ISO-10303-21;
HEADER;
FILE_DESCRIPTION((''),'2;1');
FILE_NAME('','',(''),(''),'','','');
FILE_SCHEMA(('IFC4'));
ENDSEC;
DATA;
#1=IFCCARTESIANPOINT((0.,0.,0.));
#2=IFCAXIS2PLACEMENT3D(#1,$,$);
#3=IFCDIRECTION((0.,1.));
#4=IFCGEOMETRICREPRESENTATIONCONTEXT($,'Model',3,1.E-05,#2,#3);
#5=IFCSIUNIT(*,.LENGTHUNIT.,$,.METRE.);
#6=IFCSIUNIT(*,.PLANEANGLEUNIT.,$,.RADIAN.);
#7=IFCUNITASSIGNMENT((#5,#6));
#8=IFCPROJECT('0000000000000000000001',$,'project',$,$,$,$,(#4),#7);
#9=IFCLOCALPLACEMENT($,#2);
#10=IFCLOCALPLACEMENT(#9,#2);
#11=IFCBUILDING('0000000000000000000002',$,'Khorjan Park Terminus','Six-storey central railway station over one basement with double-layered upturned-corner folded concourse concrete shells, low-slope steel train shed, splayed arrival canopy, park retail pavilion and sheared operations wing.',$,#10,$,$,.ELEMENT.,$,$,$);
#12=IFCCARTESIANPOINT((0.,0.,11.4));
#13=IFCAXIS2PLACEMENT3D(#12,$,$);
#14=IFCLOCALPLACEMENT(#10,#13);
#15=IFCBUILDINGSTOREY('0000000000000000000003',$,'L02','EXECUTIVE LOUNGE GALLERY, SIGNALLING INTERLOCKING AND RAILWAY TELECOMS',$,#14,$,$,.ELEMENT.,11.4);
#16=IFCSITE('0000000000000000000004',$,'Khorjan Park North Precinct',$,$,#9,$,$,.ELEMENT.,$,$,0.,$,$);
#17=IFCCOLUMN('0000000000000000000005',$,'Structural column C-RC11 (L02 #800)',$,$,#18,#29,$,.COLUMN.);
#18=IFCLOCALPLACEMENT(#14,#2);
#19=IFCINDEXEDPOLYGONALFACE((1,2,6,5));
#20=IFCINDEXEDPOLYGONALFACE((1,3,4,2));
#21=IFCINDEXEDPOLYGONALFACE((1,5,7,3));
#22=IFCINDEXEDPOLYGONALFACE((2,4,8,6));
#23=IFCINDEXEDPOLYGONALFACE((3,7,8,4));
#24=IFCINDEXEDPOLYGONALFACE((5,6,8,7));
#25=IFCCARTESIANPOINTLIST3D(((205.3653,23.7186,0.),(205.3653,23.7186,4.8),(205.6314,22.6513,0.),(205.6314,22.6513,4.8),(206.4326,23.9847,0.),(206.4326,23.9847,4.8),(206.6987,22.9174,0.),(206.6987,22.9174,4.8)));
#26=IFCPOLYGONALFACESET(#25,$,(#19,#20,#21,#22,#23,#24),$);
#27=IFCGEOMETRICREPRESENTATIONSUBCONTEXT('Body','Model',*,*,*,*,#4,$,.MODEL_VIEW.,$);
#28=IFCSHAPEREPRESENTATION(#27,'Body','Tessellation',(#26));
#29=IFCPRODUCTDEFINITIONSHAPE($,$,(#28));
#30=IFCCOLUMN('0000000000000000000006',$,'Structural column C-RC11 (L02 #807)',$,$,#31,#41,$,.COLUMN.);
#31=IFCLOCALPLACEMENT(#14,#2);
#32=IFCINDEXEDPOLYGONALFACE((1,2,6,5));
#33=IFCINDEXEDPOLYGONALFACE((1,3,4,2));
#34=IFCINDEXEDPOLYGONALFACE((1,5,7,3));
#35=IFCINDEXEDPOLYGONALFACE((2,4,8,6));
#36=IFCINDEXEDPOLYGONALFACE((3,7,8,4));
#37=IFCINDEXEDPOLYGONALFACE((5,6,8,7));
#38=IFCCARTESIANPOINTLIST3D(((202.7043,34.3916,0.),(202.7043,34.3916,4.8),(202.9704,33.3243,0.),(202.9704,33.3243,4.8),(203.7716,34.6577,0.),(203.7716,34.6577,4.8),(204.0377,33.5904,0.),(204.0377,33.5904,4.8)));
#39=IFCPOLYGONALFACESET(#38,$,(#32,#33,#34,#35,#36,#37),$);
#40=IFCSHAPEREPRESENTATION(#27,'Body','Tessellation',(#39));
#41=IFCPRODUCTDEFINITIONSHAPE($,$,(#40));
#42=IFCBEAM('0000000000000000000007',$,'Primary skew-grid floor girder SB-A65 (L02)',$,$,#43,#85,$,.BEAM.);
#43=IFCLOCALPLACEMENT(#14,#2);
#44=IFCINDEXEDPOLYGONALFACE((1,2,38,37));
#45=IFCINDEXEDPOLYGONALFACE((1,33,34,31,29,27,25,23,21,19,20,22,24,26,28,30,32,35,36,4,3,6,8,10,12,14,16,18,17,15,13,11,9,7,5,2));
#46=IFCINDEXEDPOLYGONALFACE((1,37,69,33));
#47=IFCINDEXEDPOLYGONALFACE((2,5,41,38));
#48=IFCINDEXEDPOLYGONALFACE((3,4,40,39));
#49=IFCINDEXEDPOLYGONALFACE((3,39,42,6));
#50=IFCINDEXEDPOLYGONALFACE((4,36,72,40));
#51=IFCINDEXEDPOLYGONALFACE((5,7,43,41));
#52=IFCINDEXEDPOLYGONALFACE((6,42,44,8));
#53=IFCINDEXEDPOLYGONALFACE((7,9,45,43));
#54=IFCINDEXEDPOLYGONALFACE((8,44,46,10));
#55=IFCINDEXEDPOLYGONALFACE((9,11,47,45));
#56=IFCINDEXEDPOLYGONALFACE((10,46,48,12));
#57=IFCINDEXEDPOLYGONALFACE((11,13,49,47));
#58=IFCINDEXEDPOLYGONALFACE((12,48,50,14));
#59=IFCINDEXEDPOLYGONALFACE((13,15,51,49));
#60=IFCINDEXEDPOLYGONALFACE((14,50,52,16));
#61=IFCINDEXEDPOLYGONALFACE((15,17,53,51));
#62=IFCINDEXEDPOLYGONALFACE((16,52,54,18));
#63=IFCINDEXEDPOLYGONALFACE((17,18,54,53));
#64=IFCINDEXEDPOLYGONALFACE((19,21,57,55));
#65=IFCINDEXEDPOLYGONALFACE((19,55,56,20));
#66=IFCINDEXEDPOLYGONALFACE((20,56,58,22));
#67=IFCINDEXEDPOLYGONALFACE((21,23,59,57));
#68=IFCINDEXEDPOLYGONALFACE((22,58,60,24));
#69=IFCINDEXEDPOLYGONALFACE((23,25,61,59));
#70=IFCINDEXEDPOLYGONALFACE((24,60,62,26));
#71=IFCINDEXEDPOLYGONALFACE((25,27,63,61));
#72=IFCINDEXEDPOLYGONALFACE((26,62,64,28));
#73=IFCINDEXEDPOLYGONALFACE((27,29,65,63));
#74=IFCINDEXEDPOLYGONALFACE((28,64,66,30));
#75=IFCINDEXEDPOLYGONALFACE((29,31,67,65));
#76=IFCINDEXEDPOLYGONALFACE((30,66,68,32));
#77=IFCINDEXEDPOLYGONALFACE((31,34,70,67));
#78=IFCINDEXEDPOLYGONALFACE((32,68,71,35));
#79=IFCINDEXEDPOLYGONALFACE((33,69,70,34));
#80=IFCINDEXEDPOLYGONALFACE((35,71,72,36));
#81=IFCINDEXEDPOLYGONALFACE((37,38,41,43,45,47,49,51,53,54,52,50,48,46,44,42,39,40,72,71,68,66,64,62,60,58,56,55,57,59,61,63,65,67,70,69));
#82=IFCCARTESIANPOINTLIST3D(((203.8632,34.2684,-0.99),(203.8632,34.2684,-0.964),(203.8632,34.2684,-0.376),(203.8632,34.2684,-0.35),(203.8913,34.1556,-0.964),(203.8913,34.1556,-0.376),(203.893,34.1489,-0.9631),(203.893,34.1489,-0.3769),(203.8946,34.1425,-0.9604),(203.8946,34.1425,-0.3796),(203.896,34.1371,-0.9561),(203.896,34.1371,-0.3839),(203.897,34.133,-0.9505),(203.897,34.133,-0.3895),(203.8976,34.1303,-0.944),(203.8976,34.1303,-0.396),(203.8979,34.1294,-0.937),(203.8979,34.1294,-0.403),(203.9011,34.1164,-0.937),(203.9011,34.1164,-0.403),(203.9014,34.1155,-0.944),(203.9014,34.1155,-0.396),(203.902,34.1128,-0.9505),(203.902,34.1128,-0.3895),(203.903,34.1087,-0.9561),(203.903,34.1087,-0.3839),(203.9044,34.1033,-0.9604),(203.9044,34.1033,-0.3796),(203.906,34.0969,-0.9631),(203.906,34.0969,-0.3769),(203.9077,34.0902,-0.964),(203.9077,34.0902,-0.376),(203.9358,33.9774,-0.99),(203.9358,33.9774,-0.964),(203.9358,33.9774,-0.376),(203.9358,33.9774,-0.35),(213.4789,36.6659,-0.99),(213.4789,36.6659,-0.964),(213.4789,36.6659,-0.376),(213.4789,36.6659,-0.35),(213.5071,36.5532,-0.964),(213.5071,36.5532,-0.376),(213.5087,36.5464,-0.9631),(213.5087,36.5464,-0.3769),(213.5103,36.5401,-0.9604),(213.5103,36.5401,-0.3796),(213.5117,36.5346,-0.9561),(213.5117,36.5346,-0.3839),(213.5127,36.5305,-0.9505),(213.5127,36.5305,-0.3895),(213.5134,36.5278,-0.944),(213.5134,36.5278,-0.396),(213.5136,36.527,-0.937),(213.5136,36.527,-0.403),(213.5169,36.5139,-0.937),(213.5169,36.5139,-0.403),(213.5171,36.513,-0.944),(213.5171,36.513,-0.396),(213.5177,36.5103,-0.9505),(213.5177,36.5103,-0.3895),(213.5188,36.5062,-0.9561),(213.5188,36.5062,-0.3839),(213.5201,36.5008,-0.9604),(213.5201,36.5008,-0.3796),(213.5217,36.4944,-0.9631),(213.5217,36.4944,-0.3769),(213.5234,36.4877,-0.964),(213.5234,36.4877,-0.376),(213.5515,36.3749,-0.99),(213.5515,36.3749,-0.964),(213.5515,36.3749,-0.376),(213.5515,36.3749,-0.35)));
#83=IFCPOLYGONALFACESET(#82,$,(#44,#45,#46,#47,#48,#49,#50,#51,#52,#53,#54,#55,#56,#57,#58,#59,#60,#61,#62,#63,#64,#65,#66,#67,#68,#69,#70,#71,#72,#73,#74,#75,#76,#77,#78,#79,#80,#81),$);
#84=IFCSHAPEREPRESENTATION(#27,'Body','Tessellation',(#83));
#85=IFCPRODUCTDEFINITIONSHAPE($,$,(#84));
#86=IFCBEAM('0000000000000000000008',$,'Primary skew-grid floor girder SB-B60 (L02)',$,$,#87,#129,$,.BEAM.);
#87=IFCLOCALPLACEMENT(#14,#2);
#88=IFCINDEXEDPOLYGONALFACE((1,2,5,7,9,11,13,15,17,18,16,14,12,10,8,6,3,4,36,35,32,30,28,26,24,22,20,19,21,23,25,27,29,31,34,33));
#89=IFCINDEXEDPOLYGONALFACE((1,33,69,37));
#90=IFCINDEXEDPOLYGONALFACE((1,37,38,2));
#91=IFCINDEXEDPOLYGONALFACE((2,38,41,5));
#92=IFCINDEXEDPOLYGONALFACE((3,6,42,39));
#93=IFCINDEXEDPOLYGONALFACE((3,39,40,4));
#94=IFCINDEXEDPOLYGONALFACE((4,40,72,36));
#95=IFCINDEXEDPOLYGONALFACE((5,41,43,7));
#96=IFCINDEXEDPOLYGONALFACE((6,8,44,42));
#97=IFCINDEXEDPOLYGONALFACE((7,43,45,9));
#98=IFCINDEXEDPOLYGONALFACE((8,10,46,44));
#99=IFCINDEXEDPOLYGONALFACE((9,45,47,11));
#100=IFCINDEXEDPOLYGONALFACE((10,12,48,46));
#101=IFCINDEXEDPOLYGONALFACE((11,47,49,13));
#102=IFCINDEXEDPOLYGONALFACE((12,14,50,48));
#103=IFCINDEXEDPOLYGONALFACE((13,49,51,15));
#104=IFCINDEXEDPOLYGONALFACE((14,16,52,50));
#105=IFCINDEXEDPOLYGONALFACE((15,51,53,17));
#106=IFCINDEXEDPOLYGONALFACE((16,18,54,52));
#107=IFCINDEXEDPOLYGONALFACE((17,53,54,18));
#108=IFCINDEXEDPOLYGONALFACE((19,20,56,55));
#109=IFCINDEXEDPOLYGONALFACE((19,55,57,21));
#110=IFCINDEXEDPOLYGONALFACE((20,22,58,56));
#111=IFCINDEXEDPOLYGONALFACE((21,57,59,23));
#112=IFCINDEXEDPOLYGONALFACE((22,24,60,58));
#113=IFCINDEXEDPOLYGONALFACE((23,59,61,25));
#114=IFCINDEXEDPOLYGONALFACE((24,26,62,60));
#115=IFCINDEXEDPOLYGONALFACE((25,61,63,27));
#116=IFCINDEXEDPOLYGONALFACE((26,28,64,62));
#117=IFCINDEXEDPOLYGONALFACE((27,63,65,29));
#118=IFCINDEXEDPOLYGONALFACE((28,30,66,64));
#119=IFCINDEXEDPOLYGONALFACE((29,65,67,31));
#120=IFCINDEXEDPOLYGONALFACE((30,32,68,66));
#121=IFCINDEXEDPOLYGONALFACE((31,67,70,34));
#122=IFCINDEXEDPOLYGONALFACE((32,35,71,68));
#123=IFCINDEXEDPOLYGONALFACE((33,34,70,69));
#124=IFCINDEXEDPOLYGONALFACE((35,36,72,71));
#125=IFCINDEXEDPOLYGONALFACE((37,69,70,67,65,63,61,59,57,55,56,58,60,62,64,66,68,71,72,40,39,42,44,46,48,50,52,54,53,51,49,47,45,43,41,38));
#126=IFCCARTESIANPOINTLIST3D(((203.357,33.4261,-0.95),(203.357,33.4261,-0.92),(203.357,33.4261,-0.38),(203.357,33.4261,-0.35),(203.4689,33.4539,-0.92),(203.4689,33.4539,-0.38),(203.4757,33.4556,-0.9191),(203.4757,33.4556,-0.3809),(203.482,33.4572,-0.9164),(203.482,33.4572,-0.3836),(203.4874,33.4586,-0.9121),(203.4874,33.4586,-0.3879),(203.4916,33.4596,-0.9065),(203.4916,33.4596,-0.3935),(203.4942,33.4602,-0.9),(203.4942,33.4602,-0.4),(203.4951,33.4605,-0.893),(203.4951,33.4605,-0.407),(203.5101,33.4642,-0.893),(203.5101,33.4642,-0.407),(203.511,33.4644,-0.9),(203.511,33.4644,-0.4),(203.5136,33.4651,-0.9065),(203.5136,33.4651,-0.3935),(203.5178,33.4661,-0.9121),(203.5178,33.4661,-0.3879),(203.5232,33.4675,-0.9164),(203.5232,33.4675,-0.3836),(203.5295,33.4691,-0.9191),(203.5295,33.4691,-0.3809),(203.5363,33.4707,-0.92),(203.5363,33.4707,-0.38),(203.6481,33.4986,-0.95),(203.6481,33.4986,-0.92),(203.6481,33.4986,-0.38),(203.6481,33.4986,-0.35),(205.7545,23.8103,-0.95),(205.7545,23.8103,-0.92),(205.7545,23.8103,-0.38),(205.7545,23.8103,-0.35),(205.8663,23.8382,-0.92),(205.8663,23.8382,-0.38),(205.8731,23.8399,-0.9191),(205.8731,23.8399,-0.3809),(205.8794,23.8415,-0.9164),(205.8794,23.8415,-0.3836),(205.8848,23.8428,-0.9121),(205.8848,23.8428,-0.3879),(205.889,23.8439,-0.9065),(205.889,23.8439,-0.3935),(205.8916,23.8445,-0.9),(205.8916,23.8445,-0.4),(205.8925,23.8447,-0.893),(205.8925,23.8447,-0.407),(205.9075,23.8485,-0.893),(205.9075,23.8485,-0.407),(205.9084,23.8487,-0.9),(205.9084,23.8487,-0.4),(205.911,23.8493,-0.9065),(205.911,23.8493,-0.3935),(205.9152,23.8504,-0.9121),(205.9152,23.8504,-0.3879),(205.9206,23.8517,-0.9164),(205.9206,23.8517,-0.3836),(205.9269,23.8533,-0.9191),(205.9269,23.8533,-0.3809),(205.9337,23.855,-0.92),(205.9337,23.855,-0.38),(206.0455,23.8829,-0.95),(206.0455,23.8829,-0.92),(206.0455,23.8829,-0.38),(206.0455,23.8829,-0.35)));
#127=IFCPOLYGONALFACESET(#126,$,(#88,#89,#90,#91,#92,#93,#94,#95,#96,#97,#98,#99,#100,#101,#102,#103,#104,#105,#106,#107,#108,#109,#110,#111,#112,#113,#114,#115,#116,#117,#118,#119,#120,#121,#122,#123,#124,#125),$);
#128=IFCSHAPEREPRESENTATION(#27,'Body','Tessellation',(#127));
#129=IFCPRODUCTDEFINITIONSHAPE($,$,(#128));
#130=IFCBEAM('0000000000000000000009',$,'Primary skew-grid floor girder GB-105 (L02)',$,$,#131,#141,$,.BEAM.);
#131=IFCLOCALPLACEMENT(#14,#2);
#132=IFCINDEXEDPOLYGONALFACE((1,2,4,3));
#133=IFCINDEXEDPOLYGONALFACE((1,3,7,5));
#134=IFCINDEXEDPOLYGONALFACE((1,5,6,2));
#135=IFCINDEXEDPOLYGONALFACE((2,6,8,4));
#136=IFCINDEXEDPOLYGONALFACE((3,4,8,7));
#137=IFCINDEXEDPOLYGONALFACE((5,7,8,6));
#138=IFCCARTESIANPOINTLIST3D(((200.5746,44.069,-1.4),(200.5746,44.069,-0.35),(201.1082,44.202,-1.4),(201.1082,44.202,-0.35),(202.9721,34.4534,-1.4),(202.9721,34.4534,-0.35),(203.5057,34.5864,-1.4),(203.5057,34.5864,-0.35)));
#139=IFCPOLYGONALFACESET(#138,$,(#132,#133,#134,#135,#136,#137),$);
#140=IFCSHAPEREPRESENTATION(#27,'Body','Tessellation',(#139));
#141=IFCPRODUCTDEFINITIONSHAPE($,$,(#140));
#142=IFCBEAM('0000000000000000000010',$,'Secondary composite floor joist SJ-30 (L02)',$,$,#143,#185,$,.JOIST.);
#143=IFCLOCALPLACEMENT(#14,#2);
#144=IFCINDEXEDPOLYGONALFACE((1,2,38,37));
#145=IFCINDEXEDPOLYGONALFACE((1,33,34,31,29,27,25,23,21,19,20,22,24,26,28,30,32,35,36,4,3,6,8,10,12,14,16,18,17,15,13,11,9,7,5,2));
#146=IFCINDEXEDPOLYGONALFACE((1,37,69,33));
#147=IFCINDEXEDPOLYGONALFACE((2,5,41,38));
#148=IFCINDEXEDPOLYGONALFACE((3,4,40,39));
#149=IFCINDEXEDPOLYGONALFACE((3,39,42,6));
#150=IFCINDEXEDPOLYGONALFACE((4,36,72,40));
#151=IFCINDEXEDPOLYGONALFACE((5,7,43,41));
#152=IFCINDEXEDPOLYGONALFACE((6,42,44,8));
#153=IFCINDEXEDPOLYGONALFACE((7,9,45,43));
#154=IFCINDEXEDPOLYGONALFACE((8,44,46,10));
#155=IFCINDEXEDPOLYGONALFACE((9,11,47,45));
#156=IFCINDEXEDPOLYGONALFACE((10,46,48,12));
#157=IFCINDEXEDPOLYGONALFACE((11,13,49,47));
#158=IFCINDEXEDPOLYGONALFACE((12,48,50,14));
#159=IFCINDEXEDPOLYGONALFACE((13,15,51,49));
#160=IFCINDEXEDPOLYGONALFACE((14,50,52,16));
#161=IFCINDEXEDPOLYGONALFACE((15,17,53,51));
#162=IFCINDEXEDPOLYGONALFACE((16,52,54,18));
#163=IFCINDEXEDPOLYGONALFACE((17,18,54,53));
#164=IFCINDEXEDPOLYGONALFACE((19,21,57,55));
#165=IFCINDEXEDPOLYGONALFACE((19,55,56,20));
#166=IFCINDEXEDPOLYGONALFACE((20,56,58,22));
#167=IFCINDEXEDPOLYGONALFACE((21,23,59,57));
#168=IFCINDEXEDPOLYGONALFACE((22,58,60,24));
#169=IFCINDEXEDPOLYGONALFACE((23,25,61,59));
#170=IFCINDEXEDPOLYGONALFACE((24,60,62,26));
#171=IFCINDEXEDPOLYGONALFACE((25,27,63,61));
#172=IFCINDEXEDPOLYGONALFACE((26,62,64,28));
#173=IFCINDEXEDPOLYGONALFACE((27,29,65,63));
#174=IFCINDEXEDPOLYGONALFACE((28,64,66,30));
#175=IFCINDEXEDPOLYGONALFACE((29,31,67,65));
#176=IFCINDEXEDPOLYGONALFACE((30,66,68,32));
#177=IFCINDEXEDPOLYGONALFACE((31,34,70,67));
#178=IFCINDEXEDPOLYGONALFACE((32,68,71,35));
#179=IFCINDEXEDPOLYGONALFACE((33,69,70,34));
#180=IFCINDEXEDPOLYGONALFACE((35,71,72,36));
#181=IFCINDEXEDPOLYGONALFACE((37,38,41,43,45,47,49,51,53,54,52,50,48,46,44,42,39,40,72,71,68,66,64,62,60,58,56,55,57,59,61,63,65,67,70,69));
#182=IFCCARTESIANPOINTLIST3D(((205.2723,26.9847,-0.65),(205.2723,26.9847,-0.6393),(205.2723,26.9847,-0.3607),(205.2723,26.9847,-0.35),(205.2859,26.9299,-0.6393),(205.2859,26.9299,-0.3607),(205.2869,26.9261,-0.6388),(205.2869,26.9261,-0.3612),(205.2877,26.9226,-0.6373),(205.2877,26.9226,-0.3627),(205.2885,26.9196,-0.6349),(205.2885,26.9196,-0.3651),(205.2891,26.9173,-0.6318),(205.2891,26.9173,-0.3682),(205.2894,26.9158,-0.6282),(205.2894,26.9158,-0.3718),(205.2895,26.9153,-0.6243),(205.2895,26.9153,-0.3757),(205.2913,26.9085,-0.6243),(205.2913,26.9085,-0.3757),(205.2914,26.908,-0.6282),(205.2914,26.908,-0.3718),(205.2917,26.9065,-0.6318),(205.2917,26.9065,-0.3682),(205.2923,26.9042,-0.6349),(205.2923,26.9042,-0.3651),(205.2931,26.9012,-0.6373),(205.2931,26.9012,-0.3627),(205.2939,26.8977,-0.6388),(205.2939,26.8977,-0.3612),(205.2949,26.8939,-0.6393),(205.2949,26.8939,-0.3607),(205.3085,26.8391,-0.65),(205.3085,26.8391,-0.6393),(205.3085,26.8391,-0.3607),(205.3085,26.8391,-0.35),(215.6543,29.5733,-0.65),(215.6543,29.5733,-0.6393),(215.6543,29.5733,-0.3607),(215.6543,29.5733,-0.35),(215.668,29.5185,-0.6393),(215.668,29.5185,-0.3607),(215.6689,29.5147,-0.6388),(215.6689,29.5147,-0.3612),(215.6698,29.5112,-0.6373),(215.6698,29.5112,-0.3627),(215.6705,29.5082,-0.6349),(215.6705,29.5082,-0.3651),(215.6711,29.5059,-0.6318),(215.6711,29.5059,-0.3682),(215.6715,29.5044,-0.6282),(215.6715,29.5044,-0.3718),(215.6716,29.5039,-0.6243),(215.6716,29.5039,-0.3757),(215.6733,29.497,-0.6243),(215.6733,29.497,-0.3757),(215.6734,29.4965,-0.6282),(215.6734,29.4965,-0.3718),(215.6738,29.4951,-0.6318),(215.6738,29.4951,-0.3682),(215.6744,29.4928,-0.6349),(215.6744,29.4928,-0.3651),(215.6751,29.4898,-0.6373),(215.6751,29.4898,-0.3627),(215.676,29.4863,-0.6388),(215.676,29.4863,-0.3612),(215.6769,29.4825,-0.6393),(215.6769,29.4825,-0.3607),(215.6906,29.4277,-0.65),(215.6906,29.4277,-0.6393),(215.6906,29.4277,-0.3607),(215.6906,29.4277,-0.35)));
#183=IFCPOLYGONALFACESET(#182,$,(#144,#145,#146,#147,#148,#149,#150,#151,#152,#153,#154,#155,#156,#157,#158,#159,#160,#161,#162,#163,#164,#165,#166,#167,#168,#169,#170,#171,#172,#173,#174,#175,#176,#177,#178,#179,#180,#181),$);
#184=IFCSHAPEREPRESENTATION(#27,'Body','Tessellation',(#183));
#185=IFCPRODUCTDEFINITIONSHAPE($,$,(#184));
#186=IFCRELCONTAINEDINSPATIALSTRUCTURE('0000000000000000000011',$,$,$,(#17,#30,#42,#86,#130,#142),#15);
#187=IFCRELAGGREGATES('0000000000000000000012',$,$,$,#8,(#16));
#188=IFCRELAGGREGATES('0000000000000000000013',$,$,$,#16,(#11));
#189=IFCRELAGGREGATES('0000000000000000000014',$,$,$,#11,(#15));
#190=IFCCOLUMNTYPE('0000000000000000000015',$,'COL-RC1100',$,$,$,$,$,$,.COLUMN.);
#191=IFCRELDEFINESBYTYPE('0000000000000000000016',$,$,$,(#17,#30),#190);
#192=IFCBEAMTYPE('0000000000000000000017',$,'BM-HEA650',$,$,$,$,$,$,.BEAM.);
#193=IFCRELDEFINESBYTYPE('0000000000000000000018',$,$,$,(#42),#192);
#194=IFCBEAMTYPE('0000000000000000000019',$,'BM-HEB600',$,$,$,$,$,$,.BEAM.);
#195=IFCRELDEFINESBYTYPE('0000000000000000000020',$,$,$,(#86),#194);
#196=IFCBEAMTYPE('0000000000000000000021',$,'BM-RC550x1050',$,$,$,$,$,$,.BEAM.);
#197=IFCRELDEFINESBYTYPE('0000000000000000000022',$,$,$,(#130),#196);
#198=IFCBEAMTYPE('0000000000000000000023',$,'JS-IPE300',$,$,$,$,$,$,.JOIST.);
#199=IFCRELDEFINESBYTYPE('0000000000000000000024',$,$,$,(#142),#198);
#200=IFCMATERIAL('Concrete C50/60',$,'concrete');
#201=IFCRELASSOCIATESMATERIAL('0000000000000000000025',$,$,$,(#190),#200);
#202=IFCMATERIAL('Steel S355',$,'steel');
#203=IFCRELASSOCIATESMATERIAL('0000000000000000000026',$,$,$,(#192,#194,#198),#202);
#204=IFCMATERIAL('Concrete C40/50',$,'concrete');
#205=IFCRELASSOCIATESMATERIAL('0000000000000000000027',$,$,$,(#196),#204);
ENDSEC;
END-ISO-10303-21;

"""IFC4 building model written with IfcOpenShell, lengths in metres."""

from ifc_helpers import new_model, si_unit, direction, frame, origin, origin_2d, place, context, subcontext, project, spatial, rectangle, i_section, extrude, material, material_profile, profile_set, type_object, element, save


model = new_model("IFC4")

# Units and contexts
model_context = context("Model", 3, precision=1e-05, world=origin(), true_north=direction((0.0, 1.0)))
body_context = subcontext(model_context, "Body", "Model", "MODEL_VIEW")
ifc_project = project(units=[si_unit("LENGTHUNIT", "METRE"), si_unit("PLANEANGLEUNIT", "RADIAN")], contexts=[model_context])

# Site, building, storey
site_placement = place(None, origin())
site = spatial("IfcSite", under=ifc_project, at=site_placement, Name="Khorjan Park North Precinct", CompositionType="ELEMENT", RefElevation=0.0)
building_placement = place(site_placement, origin())
building = spatial("IfcBuilding", under=site, at=building_placement, Name="Khorjan Park Terminus", Description="Six-storey central railway station over one basement with double-layered upturned-corner folded concourse concrete shells, low-slope steel train shed, splayed arrival canopy, park retail pavilion and sheared operations wing.", CompositionType="ELEMENT")
storey_placement = place(building_placement, frame((0.0, 0.0, 11.4)))
storey = spatial("IfcBuildingStorey", under=building, at=storey_placement, Name="L02", Description="EXECUTIVE LOUNGE GALLERY, SIGNALLING INTERLOCKING AND RAILWAY TELECOMS", CompositionType="ELEMENT", Elevation=11.4)

# Columns
ifc_material_1 = material(Name="Concrete C50/60", Category="concrete")
ifc_material_profile_1 = material_profile(ifc_material_1, rectangle(XDim=1.1, YDim=1.1, at=origin_2d()), Name="RC 1100x1100")
ifc_profile_set_1 = profile_set([ifc_material_profile_1], Name="Concrete C50/60")
column_type = type_object("IfcColumnType", Name="COL-RC1100", PredefinedType="COLUMN", material=ifc_profile_set_1)
for number, where, z_axis, x_axis, name in (
    (1, (206.032, 23.318, 0.0), (0.0, 0.0, 1.0), (0.970296, 0.241922, 0.0), "Structural column C-RC11 (L02 #800)"),
    (2, (203.371, 33.991, 0.0), (0.0, 0.0, 1.0), (0.970296, 0.241922, 0.0), "Structural column C-RC11 (L02 #807)"),
):
    element("IfcColumn", number, at=place(storey_placement, frame(where, z_axis=z_axis, x_axis=x_axis)), inside=storey, type_object=column_type, Name=name, PredefinedType="COLUMN", context=body_context, shape_type="SweptSolid", body=[
        extrude(rectangle(XDim=1.1, YDim=1.1, at=origin_2d()), origin(), (0.0, 0.0, 1.0), 4.8),
    ])

# Beams
ifc_material_2 = material(Name="Steel S355", Category="steel")
ifc_material_profile_2 = material_profile(ifc_material_2, i_section(OverallWidth=0.3, OverallDepth=0.64, WebThickness=0.0135, FlangeThickness=0.026, FilletRadius=0.027, at=origin_2d()), Name="HEA 650")
ifc_profile_set_2 = profile_set([ifc_material_profile_2], Name="Steel S355")
beam_type_1 = type_object("IfcBeamType", Name="BM-HEA650", PredefinedType="BEAM", material=ifc_profile_set_2)
beam_1_placement = place(storey_placement, frame((203.8995, 34.1229, -0.67), z_axis=(0.970295, 0.241925, 0.0), x_axis=(-0.241925, 0.970295, 0.0)))
element("IfcBeam", 3, at=beam_1_placement, inside=storey, type_object=beam_type_1, Name="Primary skew-grid floor girder SB-A65 (L02)", PredefinedType="BEAM", context=body_context, shape_type="SweptSolid", body=[
    extrude(i_section(OverallWidth=0.3, OverallDepth=0.64, WebThickness=0.0135, FlangeThickness=0.026, FilletRadius=0.027, at=origin_2d()), origin(), (0.0, 0.0, 1.0), 9.9101),
])
ifc_material_profile_3 = material_profile(ifc_material_2, i_section(OverallWidth=0.3, OverallDepth=0.6, WebThickness=0.0155, FlangeThickness=0.03, FilletRadius=0.027, at=origin_2d()), Name="HEB 600")
ifc_profile_set_3 = profile_set([ifc_material_profile_3], Name="Steel S355")
beam_type_2 = type_object("IfcBeamType", Name="BM-HEB600", PredefinedType="BEAM", material=ifc_profile_set_3)
beam_2_placement = place(storey_placement, frame((205.9, 23.8466, -0.65), z_axis=(-0.241916, 0.970297, 0.0), x_axis=(-0.970297, -0.241916, 0.0)))
element("IfcBeam", 4, at=beam_2_placement, inside=storey, type_object=beam_type_2, Name="Primary skew-grid floor girder SB-B60 (L02)", PredefinedType="BEAM", context=body_context, shape_type="SweptSolid", body=[
    extrude(i_section(OverallWidth=0.3, OverallDepth=0.6, WebThickness=0.0155, FlangeThickness=0.03, FilletRadius=0.027, at=origin_2d()), origin(), (0.0, 0.0, 1.0), 9.9101),
])
ifc_material_3 = material(Name="Concrete C40/50", Category="concrete")
ifc_material_profile_4 = material_profile(ifc_material_3, rectangle(XDim=0.55, YDim=1.05, at=origin_2d()), Name="RC 550x1050")
ifc_profile_set_4 = profile_set([ifc_material_profile_4], Name="Concrete C40/50")
beam_type_3 = type_object("IfcBeamType", Name="BM-RC550x1050", PredefinedType="BEAM", material=ifc_profile_set_4)
beam_3_placement = place(storey_placement, frame((203.2389, 34.5199, -0.875), z_axis=(-0.241928, 0.970294, 0.0), x_axis=(-0.970294, -0.241928, 0.0)))
element("IfcBeam", 5, at=beam_3_placement, inside=storey, type_object=beam_type_3, Name="Primary skew-grid floor girder GB-105 (L02)", PredefinedType="BEAM", context=body_context, shape_type="SweptSolid", body=[
    extrude(rectangle(XDim=0.55, YDim=1.05, at=origin_2d()), origin(), (0.0, 0.0, 1.0), 9.91),
])
ifc_material_profile_5 = material_profile(ifc_material_2, i_section(OverallWidth=0.15, OverallDepth=0.3, WebThickness=0.0071, FlangeThickness=0.0107, FilletRadius=0.015, at=origin_2d()), Name="IPE 300")
ifc_profile_set_5 = profile_set([ifc_material_profile_5], Name="Steel S355")
beam_type_4 = type_object("IfcBeamType", Name="JS-IPE300", PredefinedType="JOIST", material=ifc_profile_set_5)
beam_4_placement = place(storey_placement, frame((205.2904, 26.9119, -0.5), z_axis=(0.970295, 0.241926, 0.0), x_axis=(-0.241926, 0.970295, 0.0)))
element("IfcBeam", 6, at=beam_4_placement, inside=storey, type_object=beam_type_4, Name="Secondary composite floor joist SJ-30 (L02)", PredefinedType="JOIST", context=body_context, shape_type="SweptSolid", body=[
    extrude(i_section(OverallWidth=0.15, OverallDepth=0.3, WebThickness=0.0071, FlangeThickness=0.0107, FilletRadius=0.015, at=origin_2d()), origin(), (0.0, 0.0, 1.0), 10.6999),
])

save(model, "model.ifc")
